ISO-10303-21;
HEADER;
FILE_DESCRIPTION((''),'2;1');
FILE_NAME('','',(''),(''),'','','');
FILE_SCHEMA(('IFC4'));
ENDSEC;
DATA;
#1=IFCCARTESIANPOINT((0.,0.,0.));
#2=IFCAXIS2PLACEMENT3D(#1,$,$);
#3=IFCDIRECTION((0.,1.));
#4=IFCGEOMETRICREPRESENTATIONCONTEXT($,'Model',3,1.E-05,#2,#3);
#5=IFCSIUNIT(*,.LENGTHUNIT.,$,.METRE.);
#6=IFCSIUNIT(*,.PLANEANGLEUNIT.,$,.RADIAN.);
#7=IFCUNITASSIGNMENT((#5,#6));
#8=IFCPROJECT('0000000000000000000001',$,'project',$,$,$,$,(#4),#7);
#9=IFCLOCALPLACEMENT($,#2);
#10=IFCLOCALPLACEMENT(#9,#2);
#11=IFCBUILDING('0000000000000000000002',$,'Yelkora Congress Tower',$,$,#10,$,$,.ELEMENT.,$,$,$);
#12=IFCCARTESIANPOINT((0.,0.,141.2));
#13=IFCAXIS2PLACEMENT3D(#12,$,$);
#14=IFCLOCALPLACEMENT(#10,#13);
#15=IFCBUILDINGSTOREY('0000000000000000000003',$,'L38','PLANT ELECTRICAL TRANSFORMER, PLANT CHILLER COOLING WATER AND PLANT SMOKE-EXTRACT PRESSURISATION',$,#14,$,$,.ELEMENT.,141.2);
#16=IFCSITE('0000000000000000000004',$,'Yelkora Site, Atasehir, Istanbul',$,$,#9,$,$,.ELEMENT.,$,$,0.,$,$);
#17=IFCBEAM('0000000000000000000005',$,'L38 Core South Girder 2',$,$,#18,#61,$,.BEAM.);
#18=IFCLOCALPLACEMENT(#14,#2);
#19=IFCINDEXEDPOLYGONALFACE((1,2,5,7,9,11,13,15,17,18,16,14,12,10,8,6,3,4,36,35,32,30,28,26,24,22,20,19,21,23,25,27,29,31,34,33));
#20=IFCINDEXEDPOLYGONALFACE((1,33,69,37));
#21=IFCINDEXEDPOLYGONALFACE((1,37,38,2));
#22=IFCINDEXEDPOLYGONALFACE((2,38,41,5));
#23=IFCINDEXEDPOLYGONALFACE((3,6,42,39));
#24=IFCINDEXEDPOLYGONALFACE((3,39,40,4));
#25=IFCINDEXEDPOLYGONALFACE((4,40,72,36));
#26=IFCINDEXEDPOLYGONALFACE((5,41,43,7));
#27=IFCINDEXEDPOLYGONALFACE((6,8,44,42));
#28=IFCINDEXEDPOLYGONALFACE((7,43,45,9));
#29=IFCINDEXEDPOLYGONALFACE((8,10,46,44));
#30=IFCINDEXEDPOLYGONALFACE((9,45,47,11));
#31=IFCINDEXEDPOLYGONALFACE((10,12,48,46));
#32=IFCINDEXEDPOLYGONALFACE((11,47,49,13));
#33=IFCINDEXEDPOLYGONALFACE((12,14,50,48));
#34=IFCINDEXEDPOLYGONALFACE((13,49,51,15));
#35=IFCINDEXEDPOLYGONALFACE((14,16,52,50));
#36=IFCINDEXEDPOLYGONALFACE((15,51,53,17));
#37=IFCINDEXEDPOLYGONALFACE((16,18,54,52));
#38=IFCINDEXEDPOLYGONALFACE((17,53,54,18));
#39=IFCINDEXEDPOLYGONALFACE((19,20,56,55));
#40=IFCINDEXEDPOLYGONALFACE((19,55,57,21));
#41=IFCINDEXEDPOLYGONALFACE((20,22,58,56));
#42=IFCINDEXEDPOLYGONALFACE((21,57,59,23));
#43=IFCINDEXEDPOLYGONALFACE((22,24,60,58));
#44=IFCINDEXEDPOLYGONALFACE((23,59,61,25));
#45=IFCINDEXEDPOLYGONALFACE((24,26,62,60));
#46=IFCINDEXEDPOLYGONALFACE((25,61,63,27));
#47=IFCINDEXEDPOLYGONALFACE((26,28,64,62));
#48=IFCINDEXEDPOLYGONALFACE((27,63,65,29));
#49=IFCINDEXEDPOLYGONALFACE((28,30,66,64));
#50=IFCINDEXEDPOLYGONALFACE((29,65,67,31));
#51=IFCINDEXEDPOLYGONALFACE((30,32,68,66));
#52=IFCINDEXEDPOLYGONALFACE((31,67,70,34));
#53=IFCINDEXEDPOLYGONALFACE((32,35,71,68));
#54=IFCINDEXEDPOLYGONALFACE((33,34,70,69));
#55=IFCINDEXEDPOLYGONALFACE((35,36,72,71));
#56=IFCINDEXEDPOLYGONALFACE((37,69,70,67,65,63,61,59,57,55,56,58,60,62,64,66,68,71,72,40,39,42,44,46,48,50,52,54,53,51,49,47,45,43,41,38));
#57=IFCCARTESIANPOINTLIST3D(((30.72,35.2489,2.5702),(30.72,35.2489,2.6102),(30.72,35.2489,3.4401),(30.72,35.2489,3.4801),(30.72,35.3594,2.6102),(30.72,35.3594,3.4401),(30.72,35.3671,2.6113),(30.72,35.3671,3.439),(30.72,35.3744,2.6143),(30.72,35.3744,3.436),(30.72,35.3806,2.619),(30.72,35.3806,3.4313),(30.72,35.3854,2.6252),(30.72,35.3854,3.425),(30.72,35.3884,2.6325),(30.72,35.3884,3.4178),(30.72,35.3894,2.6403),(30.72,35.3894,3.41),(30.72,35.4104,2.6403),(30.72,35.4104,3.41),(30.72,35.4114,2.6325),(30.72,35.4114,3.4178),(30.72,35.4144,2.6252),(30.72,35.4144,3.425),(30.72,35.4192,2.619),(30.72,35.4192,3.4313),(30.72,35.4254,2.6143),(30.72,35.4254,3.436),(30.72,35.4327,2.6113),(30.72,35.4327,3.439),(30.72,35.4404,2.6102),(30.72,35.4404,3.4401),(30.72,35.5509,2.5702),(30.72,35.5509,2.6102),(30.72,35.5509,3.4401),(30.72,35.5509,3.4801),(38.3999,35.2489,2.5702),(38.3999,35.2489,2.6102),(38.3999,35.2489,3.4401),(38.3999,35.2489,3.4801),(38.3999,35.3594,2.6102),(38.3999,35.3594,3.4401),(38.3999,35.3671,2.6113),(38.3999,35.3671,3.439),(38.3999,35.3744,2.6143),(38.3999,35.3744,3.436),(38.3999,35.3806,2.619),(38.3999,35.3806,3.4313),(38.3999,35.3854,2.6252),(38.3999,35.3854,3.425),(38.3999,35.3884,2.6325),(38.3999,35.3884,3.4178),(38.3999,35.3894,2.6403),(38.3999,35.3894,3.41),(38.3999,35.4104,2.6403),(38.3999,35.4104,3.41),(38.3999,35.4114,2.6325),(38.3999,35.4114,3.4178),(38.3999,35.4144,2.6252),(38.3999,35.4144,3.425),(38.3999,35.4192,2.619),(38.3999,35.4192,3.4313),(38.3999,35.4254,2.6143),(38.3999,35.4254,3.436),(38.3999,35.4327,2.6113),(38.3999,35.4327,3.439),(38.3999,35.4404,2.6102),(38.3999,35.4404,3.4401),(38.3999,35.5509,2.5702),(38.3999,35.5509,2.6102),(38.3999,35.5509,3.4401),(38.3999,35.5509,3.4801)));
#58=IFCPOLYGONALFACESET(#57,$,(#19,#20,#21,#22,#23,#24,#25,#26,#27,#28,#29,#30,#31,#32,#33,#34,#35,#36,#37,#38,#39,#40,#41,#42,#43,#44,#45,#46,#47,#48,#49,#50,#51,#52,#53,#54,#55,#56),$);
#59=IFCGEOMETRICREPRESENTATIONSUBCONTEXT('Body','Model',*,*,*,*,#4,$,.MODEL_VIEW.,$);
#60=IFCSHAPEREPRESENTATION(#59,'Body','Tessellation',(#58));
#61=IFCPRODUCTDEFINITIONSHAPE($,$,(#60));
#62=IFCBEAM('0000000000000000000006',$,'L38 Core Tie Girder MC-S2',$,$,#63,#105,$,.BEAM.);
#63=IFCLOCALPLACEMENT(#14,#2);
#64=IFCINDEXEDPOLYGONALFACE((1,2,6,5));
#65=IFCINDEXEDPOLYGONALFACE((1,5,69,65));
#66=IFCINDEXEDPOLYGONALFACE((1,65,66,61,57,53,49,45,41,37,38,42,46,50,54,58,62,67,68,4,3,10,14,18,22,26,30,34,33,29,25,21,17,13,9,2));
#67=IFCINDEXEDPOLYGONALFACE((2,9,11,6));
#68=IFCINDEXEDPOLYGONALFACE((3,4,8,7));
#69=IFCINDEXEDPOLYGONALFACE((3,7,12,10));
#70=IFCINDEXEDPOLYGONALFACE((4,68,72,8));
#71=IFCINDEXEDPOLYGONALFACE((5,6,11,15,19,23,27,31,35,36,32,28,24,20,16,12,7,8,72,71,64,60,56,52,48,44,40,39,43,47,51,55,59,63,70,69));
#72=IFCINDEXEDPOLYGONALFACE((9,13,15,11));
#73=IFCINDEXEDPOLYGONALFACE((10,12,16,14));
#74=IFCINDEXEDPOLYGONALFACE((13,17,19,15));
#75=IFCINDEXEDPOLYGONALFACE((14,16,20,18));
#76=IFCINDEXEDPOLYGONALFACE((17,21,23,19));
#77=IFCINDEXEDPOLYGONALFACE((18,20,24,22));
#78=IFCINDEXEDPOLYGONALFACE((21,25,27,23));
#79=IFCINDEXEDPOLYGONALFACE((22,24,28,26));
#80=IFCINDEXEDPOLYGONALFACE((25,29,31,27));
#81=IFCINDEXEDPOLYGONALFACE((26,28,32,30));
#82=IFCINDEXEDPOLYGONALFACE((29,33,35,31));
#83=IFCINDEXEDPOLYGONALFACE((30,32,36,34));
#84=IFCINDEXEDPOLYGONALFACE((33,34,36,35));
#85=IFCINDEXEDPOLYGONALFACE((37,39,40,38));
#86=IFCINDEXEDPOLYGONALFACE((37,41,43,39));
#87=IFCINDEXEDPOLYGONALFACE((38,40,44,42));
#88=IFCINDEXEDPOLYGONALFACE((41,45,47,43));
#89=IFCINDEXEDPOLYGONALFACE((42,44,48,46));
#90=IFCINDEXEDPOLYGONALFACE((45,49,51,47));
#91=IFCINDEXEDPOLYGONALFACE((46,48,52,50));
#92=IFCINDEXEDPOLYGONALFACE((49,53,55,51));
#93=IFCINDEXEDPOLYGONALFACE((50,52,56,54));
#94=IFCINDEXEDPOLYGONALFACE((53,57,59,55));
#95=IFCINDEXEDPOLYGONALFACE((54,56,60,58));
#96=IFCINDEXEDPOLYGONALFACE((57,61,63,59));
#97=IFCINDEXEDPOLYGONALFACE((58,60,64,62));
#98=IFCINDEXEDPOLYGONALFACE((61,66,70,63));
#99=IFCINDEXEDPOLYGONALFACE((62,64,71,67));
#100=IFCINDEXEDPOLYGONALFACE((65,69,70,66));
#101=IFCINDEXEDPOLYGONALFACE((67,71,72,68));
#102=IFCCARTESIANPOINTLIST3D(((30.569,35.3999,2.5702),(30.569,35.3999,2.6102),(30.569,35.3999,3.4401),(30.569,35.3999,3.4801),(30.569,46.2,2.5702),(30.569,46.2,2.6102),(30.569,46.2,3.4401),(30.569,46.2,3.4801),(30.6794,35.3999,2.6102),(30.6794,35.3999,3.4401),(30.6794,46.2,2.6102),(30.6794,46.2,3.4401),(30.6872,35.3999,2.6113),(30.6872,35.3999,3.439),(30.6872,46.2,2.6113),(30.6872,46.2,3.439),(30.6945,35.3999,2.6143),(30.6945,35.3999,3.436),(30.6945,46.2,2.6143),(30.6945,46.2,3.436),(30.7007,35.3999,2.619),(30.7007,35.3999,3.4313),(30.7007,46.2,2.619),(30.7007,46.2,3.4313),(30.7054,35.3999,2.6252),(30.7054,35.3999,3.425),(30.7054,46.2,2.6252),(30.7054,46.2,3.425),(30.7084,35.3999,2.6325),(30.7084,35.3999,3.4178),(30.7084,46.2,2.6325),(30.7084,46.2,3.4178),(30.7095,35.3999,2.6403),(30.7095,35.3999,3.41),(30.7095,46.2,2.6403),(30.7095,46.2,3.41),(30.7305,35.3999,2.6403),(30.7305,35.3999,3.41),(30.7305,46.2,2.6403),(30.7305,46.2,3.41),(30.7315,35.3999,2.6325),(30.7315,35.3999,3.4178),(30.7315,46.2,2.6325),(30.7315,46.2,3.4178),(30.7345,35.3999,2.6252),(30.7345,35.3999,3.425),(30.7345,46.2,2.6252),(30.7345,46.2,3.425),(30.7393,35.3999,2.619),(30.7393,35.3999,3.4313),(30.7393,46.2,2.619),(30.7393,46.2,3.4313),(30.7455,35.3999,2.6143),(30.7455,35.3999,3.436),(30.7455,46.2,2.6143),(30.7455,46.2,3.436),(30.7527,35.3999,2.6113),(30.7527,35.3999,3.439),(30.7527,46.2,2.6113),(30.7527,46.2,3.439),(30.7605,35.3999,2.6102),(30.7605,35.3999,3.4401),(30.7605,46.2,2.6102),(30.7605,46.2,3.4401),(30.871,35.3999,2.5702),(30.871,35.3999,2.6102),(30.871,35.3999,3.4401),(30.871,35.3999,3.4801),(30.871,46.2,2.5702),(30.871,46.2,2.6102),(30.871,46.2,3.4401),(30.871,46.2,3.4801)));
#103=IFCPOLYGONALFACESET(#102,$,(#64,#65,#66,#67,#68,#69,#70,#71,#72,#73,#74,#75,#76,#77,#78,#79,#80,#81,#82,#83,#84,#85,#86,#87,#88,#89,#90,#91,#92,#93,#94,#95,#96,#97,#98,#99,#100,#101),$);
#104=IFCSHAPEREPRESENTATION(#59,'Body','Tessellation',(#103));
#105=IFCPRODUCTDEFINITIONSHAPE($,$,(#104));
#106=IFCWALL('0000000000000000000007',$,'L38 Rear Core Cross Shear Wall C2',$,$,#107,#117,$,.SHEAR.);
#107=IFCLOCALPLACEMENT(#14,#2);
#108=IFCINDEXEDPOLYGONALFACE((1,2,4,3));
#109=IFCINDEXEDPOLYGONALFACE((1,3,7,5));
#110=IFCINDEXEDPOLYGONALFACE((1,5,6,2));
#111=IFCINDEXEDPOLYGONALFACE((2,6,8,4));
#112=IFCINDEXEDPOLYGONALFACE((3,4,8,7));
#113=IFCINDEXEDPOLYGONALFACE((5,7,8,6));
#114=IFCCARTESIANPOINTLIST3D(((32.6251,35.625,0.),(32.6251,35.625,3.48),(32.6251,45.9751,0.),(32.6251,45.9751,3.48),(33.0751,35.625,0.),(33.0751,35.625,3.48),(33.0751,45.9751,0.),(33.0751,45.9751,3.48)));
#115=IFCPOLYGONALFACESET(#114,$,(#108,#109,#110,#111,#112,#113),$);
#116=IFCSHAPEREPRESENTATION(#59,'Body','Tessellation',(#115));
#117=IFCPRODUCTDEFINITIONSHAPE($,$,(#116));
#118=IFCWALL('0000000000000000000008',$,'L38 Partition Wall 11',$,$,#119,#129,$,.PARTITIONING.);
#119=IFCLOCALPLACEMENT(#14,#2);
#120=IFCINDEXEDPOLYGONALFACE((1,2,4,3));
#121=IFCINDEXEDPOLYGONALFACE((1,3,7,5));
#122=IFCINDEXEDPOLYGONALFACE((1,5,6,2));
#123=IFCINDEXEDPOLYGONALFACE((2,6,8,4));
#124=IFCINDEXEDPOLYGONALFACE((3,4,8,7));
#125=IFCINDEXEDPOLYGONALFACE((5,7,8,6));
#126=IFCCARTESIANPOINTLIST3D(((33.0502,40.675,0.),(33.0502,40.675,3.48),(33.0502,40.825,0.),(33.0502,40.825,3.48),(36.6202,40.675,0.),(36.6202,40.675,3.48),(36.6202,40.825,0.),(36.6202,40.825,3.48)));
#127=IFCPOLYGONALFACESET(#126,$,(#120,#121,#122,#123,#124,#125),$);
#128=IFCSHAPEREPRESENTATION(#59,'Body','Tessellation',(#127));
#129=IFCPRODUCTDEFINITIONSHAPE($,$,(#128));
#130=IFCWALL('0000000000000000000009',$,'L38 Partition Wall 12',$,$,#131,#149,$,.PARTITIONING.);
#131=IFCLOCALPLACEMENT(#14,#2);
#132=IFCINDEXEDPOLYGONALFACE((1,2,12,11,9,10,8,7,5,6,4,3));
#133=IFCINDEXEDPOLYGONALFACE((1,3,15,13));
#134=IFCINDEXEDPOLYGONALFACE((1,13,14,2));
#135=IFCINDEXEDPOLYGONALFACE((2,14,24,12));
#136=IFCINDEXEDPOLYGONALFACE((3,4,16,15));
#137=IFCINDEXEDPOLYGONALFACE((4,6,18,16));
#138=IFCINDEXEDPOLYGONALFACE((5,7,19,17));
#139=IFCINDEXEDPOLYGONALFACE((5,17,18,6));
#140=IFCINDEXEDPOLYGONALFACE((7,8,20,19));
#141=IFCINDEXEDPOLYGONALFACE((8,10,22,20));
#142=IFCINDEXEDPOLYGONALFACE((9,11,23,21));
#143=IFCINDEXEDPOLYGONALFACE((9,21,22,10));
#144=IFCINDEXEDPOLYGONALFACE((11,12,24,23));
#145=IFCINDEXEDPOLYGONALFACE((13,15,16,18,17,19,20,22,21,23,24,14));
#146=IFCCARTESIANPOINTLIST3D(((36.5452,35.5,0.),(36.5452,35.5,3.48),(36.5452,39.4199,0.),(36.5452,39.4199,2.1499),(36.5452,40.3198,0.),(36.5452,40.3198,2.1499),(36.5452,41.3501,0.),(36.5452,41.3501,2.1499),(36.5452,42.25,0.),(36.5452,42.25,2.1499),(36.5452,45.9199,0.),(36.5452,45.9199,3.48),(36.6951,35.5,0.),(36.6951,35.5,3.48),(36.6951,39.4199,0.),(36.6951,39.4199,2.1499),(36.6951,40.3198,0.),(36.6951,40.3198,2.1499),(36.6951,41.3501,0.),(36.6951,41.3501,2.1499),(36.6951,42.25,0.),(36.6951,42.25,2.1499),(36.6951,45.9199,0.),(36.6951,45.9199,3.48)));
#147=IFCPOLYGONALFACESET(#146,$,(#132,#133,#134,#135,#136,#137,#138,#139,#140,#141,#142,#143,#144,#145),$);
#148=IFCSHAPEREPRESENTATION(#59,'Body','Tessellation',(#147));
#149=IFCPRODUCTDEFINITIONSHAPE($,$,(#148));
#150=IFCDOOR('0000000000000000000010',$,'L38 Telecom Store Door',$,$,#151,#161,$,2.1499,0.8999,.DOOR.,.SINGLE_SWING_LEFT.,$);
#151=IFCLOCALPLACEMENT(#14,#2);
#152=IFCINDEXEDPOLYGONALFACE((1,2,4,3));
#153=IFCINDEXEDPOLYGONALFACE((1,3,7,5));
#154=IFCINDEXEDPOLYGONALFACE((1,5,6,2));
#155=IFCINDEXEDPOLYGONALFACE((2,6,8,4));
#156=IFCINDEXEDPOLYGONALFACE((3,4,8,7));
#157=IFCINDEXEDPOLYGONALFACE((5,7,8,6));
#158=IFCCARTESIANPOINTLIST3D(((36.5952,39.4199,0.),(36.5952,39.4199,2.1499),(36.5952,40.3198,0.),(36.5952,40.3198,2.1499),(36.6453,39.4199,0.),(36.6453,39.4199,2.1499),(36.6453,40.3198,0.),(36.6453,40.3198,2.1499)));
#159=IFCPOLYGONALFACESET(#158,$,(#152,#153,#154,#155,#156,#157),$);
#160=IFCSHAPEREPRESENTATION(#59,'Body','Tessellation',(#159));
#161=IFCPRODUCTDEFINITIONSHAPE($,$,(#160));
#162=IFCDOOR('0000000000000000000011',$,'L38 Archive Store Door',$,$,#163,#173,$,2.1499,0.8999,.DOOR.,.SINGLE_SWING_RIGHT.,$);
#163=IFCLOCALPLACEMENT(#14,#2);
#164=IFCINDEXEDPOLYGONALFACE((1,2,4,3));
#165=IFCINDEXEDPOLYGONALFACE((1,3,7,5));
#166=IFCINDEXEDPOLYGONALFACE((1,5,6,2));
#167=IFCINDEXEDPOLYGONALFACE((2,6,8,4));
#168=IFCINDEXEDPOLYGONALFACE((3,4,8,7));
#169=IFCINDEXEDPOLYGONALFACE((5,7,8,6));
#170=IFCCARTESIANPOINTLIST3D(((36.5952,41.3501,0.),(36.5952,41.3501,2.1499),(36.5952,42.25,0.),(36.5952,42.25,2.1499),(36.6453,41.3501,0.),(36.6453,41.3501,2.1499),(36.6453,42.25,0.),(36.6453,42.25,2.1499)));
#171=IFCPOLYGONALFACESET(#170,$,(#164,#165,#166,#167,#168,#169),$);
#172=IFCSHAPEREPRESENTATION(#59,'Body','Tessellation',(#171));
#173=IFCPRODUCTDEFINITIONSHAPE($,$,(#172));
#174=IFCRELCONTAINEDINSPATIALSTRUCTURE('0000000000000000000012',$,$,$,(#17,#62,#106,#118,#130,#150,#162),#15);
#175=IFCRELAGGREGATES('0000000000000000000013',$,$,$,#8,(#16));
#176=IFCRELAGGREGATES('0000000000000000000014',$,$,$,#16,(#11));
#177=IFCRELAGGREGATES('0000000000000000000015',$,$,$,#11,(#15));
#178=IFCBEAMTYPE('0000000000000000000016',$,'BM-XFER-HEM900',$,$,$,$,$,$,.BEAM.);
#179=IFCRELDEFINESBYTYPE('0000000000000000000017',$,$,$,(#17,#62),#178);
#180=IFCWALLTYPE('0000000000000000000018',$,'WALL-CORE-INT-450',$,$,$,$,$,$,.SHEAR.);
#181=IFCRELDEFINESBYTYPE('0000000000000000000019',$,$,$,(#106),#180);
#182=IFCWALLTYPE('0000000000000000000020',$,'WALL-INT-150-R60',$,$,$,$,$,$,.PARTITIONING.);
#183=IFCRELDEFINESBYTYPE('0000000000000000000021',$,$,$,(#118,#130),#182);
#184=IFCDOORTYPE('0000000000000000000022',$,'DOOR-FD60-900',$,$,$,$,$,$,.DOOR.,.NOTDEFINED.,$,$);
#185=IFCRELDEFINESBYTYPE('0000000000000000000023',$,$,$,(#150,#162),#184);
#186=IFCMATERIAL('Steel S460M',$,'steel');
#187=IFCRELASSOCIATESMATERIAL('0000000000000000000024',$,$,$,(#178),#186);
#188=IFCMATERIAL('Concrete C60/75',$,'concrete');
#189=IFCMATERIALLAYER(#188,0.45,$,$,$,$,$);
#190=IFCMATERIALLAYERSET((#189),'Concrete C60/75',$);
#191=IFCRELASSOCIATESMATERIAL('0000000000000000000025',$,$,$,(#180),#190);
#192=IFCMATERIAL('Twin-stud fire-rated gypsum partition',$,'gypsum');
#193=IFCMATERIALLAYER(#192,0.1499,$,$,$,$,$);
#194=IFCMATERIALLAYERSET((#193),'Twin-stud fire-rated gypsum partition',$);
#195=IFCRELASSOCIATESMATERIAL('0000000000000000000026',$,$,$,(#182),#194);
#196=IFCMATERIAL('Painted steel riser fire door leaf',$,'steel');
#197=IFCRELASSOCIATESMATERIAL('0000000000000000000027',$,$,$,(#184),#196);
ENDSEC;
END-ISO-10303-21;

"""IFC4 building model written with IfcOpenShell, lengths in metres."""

from ifc_helpers import new_model, si_unit, direction, frame, frame_2d, origin, origin_2d, place, context, subcontext, project, spatial, rectangle, i_section, extrude, material, layer, layer_set, material_profile, profile_set, type_object, element, fill, save


model = new_model("IFC4")

# Units and contexts
model_context = context("Model", 3, precision=1e-05, world=origin(), true_north=direction((0.0, 1.0)))
body_context = subcontext(model_context, "Body", "Model", "MODEL_VIEW")
ifc_project = project(units=[si_unit("LENGTHUNIT", "METRE"), si_unit("PLANEANGLEUNIT", "RADIAN")], contexts=[model_context])

# Site, building, storey
site_placement = place(None, origin())
site = spatial("IfcSite", under=ifc_project, at=site_placement, Name="Yelkora Site, Atasehir, Istanbul", CompositionType="ELEMENT", RefElevation=0.0)
building_placement = place(site_placement, origin())
building = spatial("IfcBuilding", under=site, at=building_placement, Name="Yelkora Congress Tower", CompositionType="ELEMENT")
storey_placement = place(building_placement, frame((0.0, 0.0, 141.2)))
storey = spatial("IfcBuildingStorey", under=building, at=storey_placement, Name="L38", Description="PLANT ELECTRICAL TRANSFORMER, PLANT CHILLER COOLING WATER AND PLANT SMOKE-EXTRACT PRESSURISATION", CompositionType="ELEMENT", Elevation=141.2)

# Shared definitions
ifc_material_1 = material(Name="Steel S460M", Category="steel")

# Beams
ifc_material_profile_1 = material_profile(ifc_material_1, i_section(OverallWidth=0.302, OverallDepth=0.9099, WebThickness=0.021, FlangeThickness=0.04, FilletRadius=0.03, at=origin_2d()), Name="HEM 900")
ifc_profile_set_1 = profile_set([ifc_material_profile_1], Name="Steel S460M")
beam_type = type_object("IfcBeamType", Name="BM-XFER-HEM900", PredefinedType="BEAM", material=ifc_profile_set_1)
for number, where, z_axis, x_axis, name in (
    (1, (30.72, 35.3999, 3.0251), (1.0, 0.0, 0.0), (0.0, 1.0, 0.0), "L38 Core South Girder 2"),
):
    element("IfcBeam", number, at=place(storey_placement, frame(where, z_axis=z_axis, x_axis=x_axis)), inside=storey, type_object=beam_type, Name=name, PredefinedType="BEAM", context=body_context, shape_type="SweptSolid", body=[
        extrude(i_section(OverallWidth=0.302, OverallDepth=0.9099, WebThickness=0.021, FlangeThickness=0.04, FilletRadius=0.03, at=origin_2d()), origin(), (0.0, 0.0, 1.0), 7.6799),
    ])
beam_placement = place(storey_placement, frame((30.72, 35.3999, 3.0251), z_axis=(0.0, 1.0, 0.0), x_axis=(-1.0, 0.0, 0.0)))
element("IfcBeam", 2, at=beam_placement, inside=storey, type_object=beam_type, Name="L38 Core Tie Girder MC-S2", PredefinedType="BEAM", context=body_context, shape_type="SweptSolid", body=[
    extrude(i_section(OverallWidth=0.302, OverallDepth=0.9099, WebThickness=0.021, FlangeThickness=0.04, FilletRadius=0.03, at=origin_2d()), origin(), (0.0, 0.0, 1.0), 10.8),
])

# Shared definitions
ifc_material_2 = material(Name="Concrete C60/75", Category="concrete")
ifc_layer_1 = layer(ifc_material_2, 0.45)
ifc_layer_set_1 = layer_set([ifc_layer_1], Name="Concrete C60/75")
wall_type_1 = type_object("IfcWallType", Name="WALL-CORE-INT-450", PredefinedType="SHEAR", material=ifc_layer_set_1)

# Walls
wall_1_placement = place(storey_placement, frame((32.8501, 35.625, 0.0), z_axis=(0.0, 0.0, 1.0), x_axis=(0.0, 1.0, 0.0)))
element("IfcWall", 3, at=wall_1_placement, inside=storey, type_object=wall_type_1, Name="L38 Rear Core Cross Shear Wall C2", PredefinedType="SHEAR", context=body_context, shape_type="SweptSolid", body=[
    extrude(rectangle(XDim=10.3501, YDim=0.45, at=frame_2d((5.175, 0.0))), origin(), (0.0, 0.0, 1.0), 3.48),
])
ifc_material_3 = material(Name="Twin-stud fire-rated gypsum partition", Category="gypsum")
ifc_layer_2 = layer(ifc_material_3, 0.1499)
ifc_layer_set_2 = layer_set([ifc_layer_2], Name="Twin-stud fire-rated gypsum partition")
wall_type_2 = type_object("IfcWallType", Name="WALL-INT-150-R60", PredefinedType="PARTITIONING", material=ifc_layer_set_2)
wall_2_placement = place(storey_placement, frame((33.05, 40.75, 0.0), z_axis=(0.0, 0.0, 1.0), x_axis=(1.0, 0.0, 0.0)))
element("IfcWall", 4, at=wall_2_placement, inside=storey, type_object=wall_type_2, Name="L38 Partition Wall 11", PredefinedType="PARTITIONING", context=body_context, shape_type="SweptSolid", body=[
    extrude(rectangle(XDim=3.5701, YDim=0.1499, at=frame_2d((1.7852, 0.0))), origin(), (0.0, 0.0, 1.0), 3.48),
])

# Wall, openings, doors
wall_3_placement = place(storey_placement, frame((36.6201, 35.5, 0.0), z_axis=(0.0, 0.0, 1.0), x_axis=(0.0, 1.0, 0.0)))
wall_3 = element("IfcWall", 5, at=wall_3_placement, inside=storey, type_object=wall_type_2, Name="L38 Partition Wall 12", PredefinedType="PARTITIONING", context=body_context, shape_type="SweptSolid", body=[
    extrude(rectangle(XDim=10.4199, YDim=0.1499, at=frame_2d((5.21, 0.0))), origin(), (0.0, 0.0, 1.0), 3.48),
])
opening_1_placement = place(wall_3_placement, frame((3.9199, 0.0, 0.0)))
opening_1 = element("IfcOpeningElement", 6, at=opening_1_placement, cuts=wall_3, PredefinedType="OPENING", context=body_context, shape_type="SweptSolid", body=[
    extrude(rectangle(XDim=0.8999, YDim=2.1499, at=frame_2d((0.45, 1.075))), frame((0.0, 0.085, 0.0), z_axis=(0.0, -1.0, 0.0), x_axis=(1.0, 0.0, 0.0)), (0.0, 0.0, 1.0), 0.1699),
])
opening_2_placement = place(wall_3_placement, frame((5.8501, 0.0, 0.0)))
opening_2 = element("IfcOpeningElement", 7, at=opening_2_placement, cuts=wall_3, PredefinedType="OPENING", context=body_context, shape_type="SweptSolid", body=[
    extrude(rectangle(XDim=0.8999, YDim=2.1499, at=frame_2d((0.45, 1.075))), frame((0.0, 0.085, 0.0), z_axis=(0.0, -1.0, 0.0), x_axis=(1.0, 0.0, 0.0)), (0.0, 0.0, 1.0), 0.1699),
])
ifc_material_4 = material(Name="Painted steel riser fire door leaf", Category="steel")
door_type_1 = type_object("IfcDoorType", Name="DOOR-FD60-900", OperationType="NOTDEFINED", PredefinedType="DOOR", material=ifc_material_4)
door_1_placement = place(opening_1_placement, origin())
door_1 = element("IfcDoor", 8, at=door_1_placement, inside=storey, type_object=door_type_1, Name="L38 Telecom Store Door", OperationType="SINGLE_SWING_LEFT", OverallHeight=2.1499, OverallWidth=0.8999, PredefinedType="DOOR", context=body_context, shape_type="SweptSolid", body=[
    extrude(rectangle(XDim=0.8999, YDim=2.1499, at=frame_2d((0.45, 1.075))), frame((0.0, 0.0249, 0.0), z_axis=(0.0, -1.0, 0.0), x_axis=(1.0, 0.0, 0.0)), (0.0, 0.0, 1.0), 0.05),
])
fill(opening_1, door_1)
door_2_placement = place(opening_2_placement, origin())
door_2 = element("IfcDoor", 9, at=door_2_placement, inside=storey, type_object=door_type_1, Name="L38 Archive Store Door", OperationType="SINGLE_SWING_RIGHT", OverallHeight=2.1499, OverallWidth=0.8999, PredefinedType="DOOR", context=body_context, shape_type="SweptSolid", body=[
    extrude(rectangle(XDim=0.8999, YDim=2.1499, at=frame_2d((0.45, 1.075))), frame((0.0, 0.0249, 0.0), z_axis=(0.0, -1.0, 0.0), x_axis=(1.0, 0.0, 0.0)), (0.0, 0.0, 1.0), 0.05),
])
fill(opening_2, door_2)

save(model, "model.ifc")
